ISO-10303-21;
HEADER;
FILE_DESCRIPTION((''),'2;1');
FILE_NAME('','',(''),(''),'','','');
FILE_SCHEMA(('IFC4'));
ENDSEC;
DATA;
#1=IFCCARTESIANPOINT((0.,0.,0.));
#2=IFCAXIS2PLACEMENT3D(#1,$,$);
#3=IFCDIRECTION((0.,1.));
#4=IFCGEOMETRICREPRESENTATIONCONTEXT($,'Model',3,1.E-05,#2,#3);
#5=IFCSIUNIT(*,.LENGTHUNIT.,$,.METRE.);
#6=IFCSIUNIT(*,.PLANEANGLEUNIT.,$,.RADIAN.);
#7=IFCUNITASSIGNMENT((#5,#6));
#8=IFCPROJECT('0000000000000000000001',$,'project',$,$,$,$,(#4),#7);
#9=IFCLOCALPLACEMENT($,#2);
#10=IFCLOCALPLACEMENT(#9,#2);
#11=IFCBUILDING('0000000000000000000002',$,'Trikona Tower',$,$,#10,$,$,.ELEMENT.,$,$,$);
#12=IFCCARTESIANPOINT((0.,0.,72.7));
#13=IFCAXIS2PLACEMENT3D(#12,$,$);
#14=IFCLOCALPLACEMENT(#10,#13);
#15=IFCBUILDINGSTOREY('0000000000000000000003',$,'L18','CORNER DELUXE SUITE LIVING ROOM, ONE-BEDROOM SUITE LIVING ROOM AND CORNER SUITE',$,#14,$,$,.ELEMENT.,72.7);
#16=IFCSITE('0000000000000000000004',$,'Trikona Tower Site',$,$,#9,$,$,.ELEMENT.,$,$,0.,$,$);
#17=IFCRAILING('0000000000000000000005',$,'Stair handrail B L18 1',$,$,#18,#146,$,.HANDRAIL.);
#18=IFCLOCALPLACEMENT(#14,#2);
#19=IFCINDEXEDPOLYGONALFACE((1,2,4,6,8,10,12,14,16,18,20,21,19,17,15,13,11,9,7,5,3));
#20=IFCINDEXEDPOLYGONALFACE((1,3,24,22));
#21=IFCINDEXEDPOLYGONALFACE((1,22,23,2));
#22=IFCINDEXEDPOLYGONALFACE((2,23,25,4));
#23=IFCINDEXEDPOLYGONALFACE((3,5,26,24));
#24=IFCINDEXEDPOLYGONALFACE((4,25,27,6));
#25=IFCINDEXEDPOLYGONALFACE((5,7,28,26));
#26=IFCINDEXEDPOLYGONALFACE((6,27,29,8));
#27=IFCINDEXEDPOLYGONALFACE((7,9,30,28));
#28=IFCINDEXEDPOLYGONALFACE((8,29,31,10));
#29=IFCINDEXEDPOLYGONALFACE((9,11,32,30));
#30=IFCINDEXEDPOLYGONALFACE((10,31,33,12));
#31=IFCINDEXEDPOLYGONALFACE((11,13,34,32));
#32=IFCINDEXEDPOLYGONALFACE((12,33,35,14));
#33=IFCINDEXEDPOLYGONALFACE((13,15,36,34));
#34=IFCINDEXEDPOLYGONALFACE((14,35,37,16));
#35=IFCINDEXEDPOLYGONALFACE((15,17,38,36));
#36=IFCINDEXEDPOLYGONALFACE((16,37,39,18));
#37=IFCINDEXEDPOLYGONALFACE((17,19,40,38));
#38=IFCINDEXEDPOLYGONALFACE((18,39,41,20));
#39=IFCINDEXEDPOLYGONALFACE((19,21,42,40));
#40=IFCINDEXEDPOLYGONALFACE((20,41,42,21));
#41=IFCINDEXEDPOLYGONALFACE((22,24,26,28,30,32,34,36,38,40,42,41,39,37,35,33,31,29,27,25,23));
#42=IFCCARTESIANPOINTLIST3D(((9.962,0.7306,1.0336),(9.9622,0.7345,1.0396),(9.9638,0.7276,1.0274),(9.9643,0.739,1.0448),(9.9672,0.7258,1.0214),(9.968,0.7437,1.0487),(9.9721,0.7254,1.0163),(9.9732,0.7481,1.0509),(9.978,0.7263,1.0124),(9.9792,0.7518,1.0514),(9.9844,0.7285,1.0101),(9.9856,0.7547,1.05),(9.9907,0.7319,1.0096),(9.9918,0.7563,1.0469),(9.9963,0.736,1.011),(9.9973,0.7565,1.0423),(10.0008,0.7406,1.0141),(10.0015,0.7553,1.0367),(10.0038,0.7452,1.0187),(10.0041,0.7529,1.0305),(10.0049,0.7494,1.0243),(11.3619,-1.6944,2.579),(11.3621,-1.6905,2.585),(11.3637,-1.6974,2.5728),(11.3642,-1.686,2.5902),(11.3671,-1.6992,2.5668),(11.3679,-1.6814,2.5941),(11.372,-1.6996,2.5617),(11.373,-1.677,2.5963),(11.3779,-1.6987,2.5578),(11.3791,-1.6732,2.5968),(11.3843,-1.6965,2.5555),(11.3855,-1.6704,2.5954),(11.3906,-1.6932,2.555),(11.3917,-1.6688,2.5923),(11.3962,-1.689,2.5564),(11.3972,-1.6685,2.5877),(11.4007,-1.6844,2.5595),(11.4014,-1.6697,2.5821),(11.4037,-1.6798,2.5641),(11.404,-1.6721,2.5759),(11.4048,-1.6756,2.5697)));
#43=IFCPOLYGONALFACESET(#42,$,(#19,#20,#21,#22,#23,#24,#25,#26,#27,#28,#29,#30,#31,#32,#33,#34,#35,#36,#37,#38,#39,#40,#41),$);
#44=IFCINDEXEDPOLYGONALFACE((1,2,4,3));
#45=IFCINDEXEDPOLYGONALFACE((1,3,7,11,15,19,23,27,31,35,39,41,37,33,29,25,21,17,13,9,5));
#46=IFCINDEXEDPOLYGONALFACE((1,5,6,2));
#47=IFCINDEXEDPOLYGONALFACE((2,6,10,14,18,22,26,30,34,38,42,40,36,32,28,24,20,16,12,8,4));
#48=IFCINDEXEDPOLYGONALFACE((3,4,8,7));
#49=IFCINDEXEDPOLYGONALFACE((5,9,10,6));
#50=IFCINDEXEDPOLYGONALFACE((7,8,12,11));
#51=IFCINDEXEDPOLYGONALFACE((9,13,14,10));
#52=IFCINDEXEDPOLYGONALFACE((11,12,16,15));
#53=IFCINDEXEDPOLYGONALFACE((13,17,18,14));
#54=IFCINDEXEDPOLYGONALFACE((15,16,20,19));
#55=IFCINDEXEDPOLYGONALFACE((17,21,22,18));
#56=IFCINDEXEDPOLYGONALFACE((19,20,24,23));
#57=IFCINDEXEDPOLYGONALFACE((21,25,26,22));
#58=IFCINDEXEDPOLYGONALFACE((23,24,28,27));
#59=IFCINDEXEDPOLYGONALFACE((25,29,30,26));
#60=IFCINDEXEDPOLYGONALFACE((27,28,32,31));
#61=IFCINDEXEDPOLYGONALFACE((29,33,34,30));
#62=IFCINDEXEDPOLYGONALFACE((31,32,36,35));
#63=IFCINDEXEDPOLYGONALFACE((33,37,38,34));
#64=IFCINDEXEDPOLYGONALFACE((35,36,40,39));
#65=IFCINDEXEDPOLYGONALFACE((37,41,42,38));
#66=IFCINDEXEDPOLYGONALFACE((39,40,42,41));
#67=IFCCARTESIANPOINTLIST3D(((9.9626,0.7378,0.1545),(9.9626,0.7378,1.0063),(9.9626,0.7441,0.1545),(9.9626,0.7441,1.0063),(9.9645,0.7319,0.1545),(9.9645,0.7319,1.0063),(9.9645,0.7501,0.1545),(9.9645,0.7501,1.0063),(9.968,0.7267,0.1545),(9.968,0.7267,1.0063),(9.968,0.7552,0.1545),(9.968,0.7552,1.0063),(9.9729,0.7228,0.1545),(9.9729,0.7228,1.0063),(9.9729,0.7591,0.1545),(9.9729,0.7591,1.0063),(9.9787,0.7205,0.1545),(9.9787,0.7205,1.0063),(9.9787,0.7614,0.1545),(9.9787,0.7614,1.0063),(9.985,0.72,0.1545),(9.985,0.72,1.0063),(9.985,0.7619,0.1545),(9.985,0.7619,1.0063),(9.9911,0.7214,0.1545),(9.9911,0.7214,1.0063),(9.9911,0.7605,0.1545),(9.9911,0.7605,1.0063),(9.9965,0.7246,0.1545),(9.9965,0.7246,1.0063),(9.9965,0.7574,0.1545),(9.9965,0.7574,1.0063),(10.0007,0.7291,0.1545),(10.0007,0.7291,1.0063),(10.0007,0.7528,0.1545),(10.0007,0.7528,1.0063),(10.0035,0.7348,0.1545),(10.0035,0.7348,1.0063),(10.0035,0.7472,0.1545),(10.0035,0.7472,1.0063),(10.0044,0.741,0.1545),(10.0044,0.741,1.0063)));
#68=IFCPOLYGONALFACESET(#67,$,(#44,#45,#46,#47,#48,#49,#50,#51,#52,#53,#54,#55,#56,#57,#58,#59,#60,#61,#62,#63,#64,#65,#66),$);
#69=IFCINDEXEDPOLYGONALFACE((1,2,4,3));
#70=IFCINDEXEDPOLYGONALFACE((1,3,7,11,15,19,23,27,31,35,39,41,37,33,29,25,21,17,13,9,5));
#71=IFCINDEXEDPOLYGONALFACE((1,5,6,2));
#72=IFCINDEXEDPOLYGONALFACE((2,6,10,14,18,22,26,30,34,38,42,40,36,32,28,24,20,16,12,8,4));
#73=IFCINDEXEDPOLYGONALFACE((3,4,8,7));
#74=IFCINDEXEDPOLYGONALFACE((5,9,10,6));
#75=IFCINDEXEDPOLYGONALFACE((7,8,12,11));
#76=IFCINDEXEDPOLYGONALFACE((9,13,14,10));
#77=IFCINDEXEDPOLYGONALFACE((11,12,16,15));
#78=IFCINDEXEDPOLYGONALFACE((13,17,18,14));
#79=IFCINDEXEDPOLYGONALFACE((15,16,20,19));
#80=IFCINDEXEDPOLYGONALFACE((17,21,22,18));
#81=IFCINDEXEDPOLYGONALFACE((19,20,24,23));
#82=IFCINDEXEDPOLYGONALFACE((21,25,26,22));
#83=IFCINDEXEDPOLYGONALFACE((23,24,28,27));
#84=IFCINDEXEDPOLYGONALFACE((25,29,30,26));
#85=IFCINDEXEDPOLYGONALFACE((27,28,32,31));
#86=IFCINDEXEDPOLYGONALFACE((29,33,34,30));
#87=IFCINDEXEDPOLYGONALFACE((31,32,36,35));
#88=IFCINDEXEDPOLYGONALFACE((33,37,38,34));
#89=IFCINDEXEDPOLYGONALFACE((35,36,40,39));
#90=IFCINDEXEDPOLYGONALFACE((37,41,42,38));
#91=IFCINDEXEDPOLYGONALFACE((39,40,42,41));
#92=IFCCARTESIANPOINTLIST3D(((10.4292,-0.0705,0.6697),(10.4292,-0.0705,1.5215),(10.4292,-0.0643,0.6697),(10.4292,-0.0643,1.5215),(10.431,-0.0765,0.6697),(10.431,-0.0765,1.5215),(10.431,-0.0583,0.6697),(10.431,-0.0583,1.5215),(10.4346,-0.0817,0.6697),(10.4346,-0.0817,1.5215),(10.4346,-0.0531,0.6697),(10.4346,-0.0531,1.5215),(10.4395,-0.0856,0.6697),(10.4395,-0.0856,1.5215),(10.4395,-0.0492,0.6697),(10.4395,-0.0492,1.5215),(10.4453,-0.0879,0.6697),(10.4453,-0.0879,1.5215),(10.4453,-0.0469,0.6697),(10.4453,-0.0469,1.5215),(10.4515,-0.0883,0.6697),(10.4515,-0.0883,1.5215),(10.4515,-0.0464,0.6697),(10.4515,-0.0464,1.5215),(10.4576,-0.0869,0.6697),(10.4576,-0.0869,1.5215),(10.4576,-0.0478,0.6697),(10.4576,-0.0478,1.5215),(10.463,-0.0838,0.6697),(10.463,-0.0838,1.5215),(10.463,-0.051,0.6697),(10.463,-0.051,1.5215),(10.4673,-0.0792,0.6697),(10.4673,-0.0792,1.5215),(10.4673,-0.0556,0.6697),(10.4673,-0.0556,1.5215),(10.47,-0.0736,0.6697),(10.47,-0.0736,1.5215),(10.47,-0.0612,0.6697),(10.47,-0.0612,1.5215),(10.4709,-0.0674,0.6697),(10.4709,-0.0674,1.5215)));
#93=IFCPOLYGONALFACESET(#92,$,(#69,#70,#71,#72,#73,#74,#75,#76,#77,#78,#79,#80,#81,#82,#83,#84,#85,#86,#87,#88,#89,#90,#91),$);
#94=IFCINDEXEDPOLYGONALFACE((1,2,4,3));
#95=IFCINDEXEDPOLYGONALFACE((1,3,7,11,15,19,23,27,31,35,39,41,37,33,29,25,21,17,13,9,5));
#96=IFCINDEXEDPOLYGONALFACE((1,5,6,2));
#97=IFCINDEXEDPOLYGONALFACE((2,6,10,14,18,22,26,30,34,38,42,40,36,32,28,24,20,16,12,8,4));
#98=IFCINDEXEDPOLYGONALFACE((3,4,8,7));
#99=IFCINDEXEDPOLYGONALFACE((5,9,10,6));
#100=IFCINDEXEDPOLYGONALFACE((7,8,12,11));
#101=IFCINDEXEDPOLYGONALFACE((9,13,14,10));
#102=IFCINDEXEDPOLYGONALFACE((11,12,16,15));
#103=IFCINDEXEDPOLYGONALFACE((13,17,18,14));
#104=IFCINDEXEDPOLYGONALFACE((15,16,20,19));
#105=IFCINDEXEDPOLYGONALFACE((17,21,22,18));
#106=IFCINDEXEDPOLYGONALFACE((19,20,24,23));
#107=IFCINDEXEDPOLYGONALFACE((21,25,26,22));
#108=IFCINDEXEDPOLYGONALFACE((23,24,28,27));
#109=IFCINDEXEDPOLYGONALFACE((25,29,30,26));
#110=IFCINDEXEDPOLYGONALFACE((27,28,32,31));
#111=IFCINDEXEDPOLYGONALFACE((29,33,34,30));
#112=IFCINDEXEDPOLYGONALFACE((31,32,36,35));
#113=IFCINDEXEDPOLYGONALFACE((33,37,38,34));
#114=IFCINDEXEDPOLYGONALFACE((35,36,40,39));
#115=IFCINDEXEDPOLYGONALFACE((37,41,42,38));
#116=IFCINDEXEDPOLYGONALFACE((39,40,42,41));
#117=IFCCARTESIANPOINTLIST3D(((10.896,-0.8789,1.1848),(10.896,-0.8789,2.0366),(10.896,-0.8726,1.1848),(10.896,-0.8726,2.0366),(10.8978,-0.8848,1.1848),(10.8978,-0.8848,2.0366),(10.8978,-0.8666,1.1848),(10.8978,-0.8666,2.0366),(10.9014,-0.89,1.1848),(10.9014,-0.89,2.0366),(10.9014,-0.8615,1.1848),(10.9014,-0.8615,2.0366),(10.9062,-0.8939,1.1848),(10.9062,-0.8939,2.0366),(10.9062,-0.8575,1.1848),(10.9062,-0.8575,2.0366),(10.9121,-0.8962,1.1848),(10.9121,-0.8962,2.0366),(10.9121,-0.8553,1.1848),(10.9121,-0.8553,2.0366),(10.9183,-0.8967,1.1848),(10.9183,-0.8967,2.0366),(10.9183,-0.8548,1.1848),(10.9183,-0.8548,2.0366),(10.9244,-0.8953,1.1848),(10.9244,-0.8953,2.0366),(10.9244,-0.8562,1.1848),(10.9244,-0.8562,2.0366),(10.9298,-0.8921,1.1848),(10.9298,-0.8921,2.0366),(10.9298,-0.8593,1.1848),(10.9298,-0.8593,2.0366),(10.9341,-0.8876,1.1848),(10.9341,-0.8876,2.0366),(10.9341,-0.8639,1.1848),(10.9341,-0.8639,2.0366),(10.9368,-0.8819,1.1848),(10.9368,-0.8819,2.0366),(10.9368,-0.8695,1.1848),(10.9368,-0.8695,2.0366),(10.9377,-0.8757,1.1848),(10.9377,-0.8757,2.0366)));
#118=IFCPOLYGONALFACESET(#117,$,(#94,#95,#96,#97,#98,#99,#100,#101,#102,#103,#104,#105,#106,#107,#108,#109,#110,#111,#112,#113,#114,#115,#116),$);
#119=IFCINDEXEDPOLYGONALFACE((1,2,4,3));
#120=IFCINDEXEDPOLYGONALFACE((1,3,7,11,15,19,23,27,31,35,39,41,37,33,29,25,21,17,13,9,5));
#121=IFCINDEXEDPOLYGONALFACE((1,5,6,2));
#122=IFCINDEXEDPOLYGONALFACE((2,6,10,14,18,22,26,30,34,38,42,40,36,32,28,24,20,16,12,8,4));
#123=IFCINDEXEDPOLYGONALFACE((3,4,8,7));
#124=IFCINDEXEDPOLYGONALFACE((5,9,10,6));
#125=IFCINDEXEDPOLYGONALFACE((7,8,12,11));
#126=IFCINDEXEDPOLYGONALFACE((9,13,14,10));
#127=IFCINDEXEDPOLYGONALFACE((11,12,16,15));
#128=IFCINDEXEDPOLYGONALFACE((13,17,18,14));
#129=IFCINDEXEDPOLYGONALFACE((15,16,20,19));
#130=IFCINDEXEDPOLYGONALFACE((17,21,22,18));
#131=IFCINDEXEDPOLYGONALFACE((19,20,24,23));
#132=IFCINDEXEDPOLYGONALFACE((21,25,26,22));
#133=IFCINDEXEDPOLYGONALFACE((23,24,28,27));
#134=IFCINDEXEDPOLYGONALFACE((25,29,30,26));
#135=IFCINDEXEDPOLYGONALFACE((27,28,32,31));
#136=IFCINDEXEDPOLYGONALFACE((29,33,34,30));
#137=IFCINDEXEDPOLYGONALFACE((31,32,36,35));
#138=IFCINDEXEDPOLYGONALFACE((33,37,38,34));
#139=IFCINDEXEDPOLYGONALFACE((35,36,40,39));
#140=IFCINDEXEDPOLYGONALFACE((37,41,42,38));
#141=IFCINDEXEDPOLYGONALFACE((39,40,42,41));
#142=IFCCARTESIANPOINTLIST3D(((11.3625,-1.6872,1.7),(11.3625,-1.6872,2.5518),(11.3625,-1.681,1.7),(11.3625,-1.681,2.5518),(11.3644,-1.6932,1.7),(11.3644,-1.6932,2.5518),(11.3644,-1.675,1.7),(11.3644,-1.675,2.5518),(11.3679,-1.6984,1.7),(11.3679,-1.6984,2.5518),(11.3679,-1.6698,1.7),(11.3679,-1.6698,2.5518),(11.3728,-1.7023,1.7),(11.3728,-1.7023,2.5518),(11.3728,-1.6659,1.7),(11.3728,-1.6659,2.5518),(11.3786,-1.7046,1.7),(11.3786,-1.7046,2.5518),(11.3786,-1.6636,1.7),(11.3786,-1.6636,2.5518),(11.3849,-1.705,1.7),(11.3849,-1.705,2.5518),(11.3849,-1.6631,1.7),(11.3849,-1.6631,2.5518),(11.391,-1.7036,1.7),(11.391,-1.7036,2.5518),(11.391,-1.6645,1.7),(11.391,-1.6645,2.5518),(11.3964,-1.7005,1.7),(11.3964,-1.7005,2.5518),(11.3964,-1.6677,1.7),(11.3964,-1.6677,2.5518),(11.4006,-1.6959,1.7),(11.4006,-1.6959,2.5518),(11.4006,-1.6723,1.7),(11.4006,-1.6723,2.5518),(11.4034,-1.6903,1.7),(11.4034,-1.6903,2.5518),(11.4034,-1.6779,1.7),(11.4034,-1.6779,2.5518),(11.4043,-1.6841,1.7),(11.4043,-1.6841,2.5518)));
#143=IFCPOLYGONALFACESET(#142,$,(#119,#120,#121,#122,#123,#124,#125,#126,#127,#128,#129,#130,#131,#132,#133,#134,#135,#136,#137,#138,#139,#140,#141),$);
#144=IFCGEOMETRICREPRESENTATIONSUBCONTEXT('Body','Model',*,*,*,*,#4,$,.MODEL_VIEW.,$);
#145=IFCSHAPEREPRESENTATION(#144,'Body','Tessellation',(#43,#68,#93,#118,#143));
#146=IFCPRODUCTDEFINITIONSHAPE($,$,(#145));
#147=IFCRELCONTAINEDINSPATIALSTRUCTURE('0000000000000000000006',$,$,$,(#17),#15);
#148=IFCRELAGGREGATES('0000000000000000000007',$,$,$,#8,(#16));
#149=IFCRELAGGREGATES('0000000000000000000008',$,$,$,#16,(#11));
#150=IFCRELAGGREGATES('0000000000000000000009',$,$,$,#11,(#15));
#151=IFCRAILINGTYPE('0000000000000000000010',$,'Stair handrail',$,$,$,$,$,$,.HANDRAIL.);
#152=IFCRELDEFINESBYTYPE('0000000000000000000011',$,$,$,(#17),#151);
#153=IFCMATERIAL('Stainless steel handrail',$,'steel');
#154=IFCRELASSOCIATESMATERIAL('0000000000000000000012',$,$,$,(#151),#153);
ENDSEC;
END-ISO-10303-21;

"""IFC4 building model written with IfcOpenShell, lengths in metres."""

from ifc_helpers import new_model, si_unit, direction, frame, origin, origin_2d, place, context, subcontext, project, spatial, circle, extrude, material, type_object, element, save


model = new_model("IFC4")

# Units and contexts
model_context = context("Model", 3, precision=1e-05, world=origin(), true_north=direction((0.0, 1.0)))
body_context = subcontext(model_context, "Body", "Model", "MODEL_VIEW")
ifc_project = project(units=[si_unit("LENGTHUNIT", "METRE"), si_unit("PLANEANGLEUNIT", "RADIAN")], contexts=[model_context])

# Site, building, storey
site_placement = place(None, origin())
site = spatial("IfcSite", under=ifc_project, at=site_placement, Name="Trikona Tower Site", CompositionType="ELEMENT", RefElevation=0.0)
building_placement = place(site_placement, origin())
building = spatial("IfcBuilding", under=site, at=building_placement, Name="Trikona Tower", CompositionType="ELEMENT")
storey_placement = place(building_placement, frame((0.0, 0.0, 72.7)))
storey = spatial("IfcBuildingStorey", under=building, at=storey_placement, Name="L18", Description="CORNER DELUXE SUITE LIVING ROOM, ONE-BEDROOM SUITE LIVING ROOM AND CORNER SUITE", CompositionType="ELEMENT", Elevation=72.7)

# Railing
ifc_material_1 = material(Name="Stainless steel handrail", Category="steel")
railing_type = type_object("IfcRailingType", Name="Stair handrail", PredefinedType="HANDRAIL", material=ifc_material_1)
railing_placement = place(storey_placement, frame((9.9834, 0.741, 0.1545)))
element("IfcRailing", 1, at=railing_placement, inside=storey, type_object=railing_type, Name="Stair handrail B L18 1", PredefinedType="HANDRAIL", context=body_context, shape_type="SweptSolid", body=[
    extrude(circle(Radius=0.0239, at=origin_2d()), frame((0.0, 0.0, 0.876), z_axis=(0.437707, -0.75824, 0.483203), x_axis=(0.866056, 0.499946, 0.0)), (0.0, 0.0, 1.0), 3.1982),
    extrude(circle(Radius=0.021, at=origin_2d()), origin(), (0.0, 0.0, 1.0), 0.8518),
    extrude(circle(Radius=0.021, at=origin_2d()), frame((0.4666, -0.8083, 0.5151)), (0.0, 0.0, 1.0), 0.8518),
    extrude(circle(Radius=0.021, at=origin_2d()), frame((0.9333, -1.6167, 1.0303)), (0.0, 0.0, 1.0), 0.8518),
    extrude(circle(Radius=0.021, at=origin_2d()), frame((1.3999, -2.425, 1.5454)), (0.0, 0.0, 1.0), 0.8518),
])

save(model, "model.ifc")
